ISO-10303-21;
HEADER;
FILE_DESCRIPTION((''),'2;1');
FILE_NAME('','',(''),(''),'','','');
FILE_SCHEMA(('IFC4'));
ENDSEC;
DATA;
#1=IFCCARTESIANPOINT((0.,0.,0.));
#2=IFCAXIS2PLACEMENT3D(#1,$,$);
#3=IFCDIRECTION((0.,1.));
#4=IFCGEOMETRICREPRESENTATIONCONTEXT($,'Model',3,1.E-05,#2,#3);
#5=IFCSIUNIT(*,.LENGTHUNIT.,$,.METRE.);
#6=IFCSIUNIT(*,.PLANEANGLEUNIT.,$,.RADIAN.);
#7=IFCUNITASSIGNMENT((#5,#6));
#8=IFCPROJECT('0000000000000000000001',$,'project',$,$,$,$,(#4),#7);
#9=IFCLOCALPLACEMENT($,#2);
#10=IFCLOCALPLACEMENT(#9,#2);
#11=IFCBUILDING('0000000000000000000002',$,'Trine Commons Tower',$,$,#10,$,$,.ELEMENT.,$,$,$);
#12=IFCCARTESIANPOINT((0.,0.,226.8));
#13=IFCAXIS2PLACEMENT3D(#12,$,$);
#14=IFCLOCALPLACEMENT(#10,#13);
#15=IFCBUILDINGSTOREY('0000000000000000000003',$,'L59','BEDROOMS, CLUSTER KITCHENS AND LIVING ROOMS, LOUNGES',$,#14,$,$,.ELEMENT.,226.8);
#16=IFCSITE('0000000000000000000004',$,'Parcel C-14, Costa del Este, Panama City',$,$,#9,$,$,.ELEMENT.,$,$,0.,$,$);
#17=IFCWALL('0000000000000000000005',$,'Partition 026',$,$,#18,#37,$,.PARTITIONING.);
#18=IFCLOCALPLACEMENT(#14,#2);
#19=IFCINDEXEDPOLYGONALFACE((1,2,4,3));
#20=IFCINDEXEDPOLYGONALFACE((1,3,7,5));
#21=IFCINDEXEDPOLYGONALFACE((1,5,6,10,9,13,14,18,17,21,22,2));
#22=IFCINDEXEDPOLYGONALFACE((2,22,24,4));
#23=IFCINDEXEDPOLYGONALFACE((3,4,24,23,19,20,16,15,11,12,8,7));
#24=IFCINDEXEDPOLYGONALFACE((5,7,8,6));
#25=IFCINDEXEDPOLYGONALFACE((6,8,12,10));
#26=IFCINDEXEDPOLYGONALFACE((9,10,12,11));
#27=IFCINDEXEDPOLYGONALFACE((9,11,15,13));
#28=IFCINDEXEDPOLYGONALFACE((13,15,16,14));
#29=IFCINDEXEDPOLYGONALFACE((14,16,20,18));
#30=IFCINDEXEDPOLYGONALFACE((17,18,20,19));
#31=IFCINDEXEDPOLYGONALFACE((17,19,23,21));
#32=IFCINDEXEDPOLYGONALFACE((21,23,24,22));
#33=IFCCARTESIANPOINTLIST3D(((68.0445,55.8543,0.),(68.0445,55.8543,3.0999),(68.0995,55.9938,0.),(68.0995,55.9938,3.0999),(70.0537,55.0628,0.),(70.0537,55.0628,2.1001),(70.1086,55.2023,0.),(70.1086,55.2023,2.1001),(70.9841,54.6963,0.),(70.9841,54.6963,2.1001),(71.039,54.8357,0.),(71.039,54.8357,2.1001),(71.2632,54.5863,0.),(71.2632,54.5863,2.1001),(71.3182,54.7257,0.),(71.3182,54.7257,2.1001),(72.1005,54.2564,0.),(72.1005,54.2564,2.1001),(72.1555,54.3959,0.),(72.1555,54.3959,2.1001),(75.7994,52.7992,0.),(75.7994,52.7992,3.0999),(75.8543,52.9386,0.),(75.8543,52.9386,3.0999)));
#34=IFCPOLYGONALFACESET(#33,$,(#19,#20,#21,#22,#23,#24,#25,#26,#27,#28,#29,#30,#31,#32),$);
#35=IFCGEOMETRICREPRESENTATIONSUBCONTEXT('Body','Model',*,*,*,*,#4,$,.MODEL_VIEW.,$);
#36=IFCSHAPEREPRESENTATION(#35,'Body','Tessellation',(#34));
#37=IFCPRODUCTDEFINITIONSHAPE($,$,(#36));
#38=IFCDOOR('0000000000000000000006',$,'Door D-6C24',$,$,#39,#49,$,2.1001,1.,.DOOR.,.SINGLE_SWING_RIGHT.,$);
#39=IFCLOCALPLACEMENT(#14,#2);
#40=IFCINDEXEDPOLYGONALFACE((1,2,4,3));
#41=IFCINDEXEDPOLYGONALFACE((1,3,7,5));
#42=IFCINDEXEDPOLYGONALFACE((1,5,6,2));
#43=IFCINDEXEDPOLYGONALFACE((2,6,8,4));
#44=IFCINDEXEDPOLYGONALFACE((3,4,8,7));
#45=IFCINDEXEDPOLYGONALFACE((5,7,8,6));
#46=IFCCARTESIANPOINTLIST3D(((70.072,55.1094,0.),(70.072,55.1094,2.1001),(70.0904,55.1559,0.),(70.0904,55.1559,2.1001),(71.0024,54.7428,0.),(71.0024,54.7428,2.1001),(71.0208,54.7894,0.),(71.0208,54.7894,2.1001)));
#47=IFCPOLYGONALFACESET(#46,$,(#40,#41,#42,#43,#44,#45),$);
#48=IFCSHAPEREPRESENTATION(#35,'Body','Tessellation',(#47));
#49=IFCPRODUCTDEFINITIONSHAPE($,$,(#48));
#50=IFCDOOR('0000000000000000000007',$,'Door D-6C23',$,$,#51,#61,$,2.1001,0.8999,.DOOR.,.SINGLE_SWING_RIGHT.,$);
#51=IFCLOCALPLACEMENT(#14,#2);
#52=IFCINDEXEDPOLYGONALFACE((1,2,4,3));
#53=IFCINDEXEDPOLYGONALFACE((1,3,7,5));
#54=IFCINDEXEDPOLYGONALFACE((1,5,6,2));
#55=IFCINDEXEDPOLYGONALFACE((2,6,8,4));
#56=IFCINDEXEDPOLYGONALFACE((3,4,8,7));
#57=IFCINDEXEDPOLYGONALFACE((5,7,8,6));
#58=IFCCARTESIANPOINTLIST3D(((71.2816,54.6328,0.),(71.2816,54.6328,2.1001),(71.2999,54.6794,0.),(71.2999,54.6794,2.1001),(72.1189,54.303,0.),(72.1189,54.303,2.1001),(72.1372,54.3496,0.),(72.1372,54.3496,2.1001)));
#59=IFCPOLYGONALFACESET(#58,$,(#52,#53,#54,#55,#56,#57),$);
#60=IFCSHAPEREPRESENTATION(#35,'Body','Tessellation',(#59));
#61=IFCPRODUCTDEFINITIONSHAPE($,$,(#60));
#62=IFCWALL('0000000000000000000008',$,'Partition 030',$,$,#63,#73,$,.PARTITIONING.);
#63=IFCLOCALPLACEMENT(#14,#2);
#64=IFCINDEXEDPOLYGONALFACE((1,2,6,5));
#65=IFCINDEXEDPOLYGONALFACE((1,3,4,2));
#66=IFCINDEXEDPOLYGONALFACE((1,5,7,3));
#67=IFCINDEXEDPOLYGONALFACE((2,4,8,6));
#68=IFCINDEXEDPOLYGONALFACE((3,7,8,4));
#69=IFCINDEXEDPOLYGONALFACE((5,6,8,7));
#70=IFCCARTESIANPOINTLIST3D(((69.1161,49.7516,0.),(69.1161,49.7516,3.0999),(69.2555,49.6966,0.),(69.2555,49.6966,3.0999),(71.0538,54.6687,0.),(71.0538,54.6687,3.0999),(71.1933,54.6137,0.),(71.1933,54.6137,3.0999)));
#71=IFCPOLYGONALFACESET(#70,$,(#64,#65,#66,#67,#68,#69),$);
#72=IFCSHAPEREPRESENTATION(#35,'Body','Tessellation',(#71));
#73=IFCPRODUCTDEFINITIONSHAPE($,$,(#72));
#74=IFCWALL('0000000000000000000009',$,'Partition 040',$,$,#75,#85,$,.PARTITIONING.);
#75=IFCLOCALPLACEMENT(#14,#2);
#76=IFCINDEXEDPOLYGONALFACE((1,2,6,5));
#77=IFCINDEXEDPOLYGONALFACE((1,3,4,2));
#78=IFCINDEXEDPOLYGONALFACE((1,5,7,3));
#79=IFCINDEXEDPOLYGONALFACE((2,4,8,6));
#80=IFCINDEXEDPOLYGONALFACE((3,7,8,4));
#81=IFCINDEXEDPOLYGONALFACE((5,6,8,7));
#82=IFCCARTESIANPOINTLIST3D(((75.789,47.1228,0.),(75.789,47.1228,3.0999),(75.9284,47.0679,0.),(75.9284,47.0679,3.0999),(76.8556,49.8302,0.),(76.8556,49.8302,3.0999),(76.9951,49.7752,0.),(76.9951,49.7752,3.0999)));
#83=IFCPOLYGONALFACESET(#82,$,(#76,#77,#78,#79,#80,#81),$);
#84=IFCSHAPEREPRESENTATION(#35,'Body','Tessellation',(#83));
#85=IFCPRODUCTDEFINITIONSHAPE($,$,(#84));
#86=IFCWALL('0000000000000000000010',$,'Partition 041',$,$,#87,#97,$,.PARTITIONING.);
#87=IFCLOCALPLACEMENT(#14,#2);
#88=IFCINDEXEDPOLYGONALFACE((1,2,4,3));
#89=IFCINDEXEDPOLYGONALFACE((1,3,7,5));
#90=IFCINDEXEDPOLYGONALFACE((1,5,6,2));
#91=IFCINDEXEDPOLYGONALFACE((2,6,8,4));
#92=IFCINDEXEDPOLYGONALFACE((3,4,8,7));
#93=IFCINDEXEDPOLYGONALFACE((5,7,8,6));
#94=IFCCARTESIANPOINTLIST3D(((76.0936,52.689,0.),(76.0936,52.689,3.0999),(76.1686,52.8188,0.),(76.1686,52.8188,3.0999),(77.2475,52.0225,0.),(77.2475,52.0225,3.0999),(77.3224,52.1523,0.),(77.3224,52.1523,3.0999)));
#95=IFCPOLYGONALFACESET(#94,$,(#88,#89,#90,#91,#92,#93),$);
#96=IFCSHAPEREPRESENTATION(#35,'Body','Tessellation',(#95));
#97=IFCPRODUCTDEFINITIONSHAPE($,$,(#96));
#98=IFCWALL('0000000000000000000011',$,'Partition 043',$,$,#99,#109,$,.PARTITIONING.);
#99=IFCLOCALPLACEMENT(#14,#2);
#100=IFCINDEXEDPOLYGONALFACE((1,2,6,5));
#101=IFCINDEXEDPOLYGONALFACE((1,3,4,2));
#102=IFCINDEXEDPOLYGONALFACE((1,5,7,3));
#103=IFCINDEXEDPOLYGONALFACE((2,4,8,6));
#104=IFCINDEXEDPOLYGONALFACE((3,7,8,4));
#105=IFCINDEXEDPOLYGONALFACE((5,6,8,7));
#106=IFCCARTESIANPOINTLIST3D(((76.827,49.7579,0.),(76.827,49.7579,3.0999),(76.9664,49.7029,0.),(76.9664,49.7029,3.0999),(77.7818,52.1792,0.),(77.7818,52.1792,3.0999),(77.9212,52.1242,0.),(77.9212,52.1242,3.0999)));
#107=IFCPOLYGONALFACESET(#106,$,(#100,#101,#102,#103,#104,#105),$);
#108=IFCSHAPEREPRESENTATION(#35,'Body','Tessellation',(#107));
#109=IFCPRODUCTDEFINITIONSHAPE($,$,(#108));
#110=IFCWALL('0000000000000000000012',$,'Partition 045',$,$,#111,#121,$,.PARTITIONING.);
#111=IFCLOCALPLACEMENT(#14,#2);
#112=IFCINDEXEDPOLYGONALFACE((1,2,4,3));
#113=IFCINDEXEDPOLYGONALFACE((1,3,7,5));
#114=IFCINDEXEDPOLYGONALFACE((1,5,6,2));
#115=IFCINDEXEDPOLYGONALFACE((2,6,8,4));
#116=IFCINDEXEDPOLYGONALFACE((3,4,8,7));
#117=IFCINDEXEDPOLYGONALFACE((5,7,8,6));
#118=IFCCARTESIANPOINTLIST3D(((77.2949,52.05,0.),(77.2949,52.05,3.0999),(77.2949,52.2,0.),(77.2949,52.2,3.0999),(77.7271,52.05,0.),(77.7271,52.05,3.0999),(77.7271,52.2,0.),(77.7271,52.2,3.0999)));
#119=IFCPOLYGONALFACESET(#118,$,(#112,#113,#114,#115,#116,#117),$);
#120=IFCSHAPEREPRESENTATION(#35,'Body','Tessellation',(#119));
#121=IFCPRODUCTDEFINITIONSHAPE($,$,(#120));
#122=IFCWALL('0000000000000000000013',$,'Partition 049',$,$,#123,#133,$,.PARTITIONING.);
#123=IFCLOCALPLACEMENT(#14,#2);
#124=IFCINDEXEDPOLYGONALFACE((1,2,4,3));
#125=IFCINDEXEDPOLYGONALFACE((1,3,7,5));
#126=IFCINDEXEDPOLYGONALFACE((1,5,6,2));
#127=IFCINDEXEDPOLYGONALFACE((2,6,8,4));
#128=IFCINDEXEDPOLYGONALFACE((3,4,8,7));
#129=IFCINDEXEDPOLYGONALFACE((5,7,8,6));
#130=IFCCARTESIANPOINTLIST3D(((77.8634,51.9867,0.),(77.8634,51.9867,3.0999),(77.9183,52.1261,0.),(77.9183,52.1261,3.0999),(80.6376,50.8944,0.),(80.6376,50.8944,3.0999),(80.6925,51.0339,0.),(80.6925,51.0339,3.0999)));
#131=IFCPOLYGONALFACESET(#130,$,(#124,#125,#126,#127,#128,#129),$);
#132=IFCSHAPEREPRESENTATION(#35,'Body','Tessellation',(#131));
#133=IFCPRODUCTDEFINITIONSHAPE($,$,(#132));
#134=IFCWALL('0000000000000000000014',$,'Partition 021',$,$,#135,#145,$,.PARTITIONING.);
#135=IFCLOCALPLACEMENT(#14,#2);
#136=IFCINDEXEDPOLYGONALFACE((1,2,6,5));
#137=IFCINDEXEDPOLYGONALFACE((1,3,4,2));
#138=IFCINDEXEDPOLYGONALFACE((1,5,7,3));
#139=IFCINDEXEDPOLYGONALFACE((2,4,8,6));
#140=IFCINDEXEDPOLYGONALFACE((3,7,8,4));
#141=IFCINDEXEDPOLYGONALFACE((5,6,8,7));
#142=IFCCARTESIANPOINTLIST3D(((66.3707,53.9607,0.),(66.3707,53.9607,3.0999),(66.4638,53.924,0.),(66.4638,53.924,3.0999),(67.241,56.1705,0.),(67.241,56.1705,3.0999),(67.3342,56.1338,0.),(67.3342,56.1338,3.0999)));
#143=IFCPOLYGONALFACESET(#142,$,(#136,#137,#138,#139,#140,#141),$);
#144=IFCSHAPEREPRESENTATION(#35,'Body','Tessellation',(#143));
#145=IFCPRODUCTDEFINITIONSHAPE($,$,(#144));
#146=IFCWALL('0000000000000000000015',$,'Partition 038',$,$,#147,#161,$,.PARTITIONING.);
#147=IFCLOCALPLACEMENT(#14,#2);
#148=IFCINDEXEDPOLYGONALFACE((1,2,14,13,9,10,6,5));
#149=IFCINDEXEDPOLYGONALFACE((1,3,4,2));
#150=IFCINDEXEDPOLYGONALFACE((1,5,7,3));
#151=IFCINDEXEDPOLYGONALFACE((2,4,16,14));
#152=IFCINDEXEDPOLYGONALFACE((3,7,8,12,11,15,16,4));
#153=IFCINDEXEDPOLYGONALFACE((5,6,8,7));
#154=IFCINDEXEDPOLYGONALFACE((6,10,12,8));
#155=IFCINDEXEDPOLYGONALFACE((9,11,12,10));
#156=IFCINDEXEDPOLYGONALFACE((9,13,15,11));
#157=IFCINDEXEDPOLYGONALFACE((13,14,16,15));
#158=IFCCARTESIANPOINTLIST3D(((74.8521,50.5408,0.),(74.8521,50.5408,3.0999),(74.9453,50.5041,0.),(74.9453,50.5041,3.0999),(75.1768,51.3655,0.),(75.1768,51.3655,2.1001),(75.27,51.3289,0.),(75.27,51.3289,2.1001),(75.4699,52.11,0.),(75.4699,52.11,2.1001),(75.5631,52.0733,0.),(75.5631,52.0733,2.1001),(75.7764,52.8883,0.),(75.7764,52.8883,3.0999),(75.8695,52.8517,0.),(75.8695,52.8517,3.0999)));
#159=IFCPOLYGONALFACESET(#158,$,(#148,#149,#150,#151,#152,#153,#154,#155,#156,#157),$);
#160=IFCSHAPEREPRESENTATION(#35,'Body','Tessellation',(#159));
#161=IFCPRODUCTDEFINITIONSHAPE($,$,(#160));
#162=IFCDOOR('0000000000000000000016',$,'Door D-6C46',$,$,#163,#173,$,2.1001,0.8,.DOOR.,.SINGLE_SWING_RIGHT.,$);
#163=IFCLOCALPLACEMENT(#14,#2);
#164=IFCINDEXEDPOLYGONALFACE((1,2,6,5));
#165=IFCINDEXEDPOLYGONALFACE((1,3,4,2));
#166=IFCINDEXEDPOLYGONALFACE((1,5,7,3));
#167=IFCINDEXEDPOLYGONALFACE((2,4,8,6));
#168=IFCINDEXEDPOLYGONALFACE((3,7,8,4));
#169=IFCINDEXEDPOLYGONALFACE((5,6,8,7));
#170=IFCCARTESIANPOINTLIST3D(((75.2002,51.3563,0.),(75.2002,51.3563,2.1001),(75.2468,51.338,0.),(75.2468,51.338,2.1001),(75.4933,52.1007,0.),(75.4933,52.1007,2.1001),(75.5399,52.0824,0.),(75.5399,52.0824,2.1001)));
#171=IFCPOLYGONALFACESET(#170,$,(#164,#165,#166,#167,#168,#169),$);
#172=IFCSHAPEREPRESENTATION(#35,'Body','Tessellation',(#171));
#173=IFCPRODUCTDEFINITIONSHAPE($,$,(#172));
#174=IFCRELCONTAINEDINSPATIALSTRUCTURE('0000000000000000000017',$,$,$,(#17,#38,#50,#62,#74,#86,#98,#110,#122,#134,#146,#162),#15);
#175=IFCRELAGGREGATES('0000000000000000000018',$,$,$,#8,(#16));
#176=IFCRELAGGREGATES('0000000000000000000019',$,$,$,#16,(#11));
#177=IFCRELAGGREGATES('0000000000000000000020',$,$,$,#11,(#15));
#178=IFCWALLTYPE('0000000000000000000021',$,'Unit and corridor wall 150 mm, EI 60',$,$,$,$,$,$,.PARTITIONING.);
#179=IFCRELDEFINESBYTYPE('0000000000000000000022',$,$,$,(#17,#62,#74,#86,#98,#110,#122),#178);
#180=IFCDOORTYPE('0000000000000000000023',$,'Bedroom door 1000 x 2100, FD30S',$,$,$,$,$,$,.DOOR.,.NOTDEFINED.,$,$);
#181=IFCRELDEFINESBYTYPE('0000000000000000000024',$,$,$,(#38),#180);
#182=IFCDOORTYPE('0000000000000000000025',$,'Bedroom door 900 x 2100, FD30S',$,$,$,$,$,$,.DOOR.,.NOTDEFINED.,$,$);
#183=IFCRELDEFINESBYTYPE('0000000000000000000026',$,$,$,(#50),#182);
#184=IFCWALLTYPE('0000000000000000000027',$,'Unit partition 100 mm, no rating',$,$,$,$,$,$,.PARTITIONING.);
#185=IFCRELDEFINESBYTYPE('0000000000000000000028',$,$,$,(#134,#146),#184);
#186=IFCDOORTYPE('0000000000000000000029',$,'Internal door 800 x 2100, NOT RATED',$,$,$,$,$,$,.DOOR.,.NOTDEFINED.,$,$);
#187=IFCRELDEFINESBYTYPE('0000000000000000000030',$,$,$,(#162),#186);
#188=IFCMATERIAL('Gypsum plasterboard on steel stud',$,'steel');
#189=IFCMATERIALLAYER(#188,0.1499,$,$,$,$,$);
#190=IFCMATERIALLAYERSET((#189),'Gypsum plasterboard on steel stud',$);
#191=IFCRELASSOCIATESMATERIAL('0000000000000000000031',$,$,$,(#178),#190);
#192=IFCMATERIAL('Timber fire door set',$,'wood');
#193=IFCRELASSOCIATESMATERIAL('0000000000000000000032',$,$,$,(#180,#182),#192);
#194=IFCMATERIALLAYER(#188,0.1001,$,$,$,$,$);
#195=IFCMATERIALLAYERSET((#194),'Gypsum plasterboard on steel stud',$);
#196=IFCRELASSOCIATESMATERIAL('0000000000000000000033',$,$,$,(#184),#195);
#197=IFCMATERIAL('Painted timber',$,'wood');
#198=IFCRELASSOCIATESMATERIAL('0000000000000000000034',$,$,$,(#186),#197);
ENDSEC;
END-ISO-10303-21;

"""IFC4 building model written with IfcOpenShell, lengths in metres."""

from ifc_helpers import new_model, si_unit, direction, frame, frame_2d, origin, place, context, subcontext, project, spatial, rectangle, extrude, material, layer, layer_set, type_object, element, fill, save


model = new_model("IFC4")

# Units and contexts
model_context = context("Model", 3, precision=1e-05, world=origin(), true_north=direction((0.0, 1.0)))
body_context = subcontext(model_context, "Body", "Model", "MODEL_VIEW")
ifc_project = project(units=[si_unit("LENGTHUNIT", "METRE"), si_unit("PLANEANGLEUNIT", "RADIAN")], contexts=[model_context])

# Site, building, storey
site_placement = place(None, origin())
site = spatial("IfcSite", under=ifc_project, at=site_placement, Name="Parcel C-14, Costa del Este, Panama City", CompositionType="ELEMENT", RefElevation=0.0)
building_placement = place(site_placement, origin())
building = spatial("IfcBuilding", under=site, at=building_placement, Name="Trine Commons Tower", CompositionType="ELEMENT")
storey_placement = place(building_placement, frame((0.0, 0.0, 226.8)))
storey = spatial("IfcBuildingStorey", under=building, at=storey_placement, Name="L59", Description="BEDROOMS, CLUSTER KITCHENS AND LIVING ROOMS, LOUNGES", CompositionType="ELEMENT", Elevation=226.8)

# Shared definitions
ifc_material_1 = material(Name="Gypsum plasterboard on steel stud", Category="steel")
ifc_layer_1 = layer(ifc_material_1, 0.1499)
ifc_layer_set_1 = layer_set([ifc_layer_1], Name="Gypsum plasterboard on steel stud")
wall_type_1 = type_object("IfcWallType", Name="Unit and corridor wall 150 mm, EI 60", PredefinedType="PARTITIONING", material=ifc_layer_set_1)

# Wall, openings, doors
wall_1_placement = place(storey_placement, frame((68.072, 55.9241, 0.0), z_axis=(0.0, 0.0, 1.0), x_axis=(0.930399, -0.366548, 0.0)))
wall_1 = element("IfcWall", 1, at=wall_1_placement, inside=storey, type_object=wall_type_1, Name="Partition 026", PredefinedType="PARTITIONING", context=body_context, shape_type="SweptSolid", body=[
    extrude(rectangle(XDim=8.335, YDim=0.1499, at=frame_2d((4.1675, 0.0))), origin(), (0.0, 0.0, 1.0), 3.0999),
])
opening_1_placement = place(wall_1_placement, frame((3.4595, 0.0, 0.0)))
opening_1 = element("IfcOpeningElement", 2, at=opening_1_placement, cuts=wall_1, PredefinedType="OPENING", context=body_context, shape_type="SweptSolid", body=[
    extrude(rectangle(XDim=0.8999, YDim=2.1001, at=frame_2d((0.45, 1.05))), frame((0.0, 0.085, 0.0), z_axis=(0.0, -1.0, 0.0), x_axis=(1.0, 0.0, 0.0)), (0.0, 0.0, 1.0), 0.1699),
])
opening_2_placement = place(wall_1_placement, frame((2.1594, 0.0, 0.0)))
opening_2 = element("IfcOpeningElement", 3, at=opening_2_placement, cuts=wall_1, PredefinedType="OPENING", context=body_context, shape_type="SweptSolid", body=[
    extrude(rectangle(XDim=1.0, YDim=2.1001, at=frame_2d((0.5, 1.05))), frame((0.0, 0.085, 0.0), z_axis=(0.0, -1.0, 0.0), x_axis=(1.0, 0.0, 0.0)), (0.0, 0.0, 1.0), 0.1699),
])
ifc_material_2 = material(Name="Timber fire door set", Category="wood")
door_type_1 = type_object("IfcDoorType", Name="Bedroom door 1000 x 2100, FD30S", OperationType="NOTDEFINED", PredefinedType="DOOR", material=ifc_material_2)
door_1_placement = place(opening_2_placement, frame((1.0, 0.0, 0.0), z_axis=(0.0, 0.0, 1.0), x_axis=(-1.0, 0.0, 0.0)))
door_1 = element("IfcDoor", 4, at=door_1_placement, inside=storey, type_object=door_type_1, Name="Door D-6C24", OperationType="SINGLE_SWING_RIGHT", OverallHeight=2.1001, OverallWidth=1.0, PredefinedType="DOOR", context=body_context, shape_type="SweptSolid", body=[
    extrude(rectangle(XDim=1.0, YDim=2.1001, at=frame_2d((0.5, 1.05))), frame((0.0, 0.0249, 0.0), z_axis=(0.0, -1.0, 0.0), x_axis=(1.0, 0.0, 0.0)), (0.0, 0.0, 1.0), 0.05),
])
fill(opening_2, door_1)
door_type_2 = type_object("IfcDoorType", Name="Bedroom door 900 x 2100, FD30S", OperationType="NOTDEFINED", PredefinedType="DOOR", material=ifc_material_2)
door_2_placement = place(opening_1_placement, frame((0.8999, 0.0, 0.0), z_axis=(0.0, 0.0, 1.0), x_axis=(-1.0, 0.0, 0.0)))
door_2 = element("IfcDoor", 5, at=door_2_placement, inside=storey, type_object=door_type_2, Name="Door D-6C23", OperationType="SINGLE_SWING_RIGHT", OverallHeight=2.1001, OverallWidth=0.8999, PredefinedType="DOOR", context=body_context, shape_type="SweptSolid", body=[
    extrude(rectangle(XDim=0.8999, YDim=2.1001, at=frame_2d((0.45, 1.05))), frame((0.0, 0.0249, 0.0), z_axis=(0.0, -1.0, 0.0), x_axis=(1.0, 0.0, 0.0)), (0.0, 0.0, 1.0), 0.05),
])
fill(opening_1, door_2)

# Walls
wall_2_placement = place(storey_placement, frame((69.1858, 49.7241, 0.0), z_axis=(0.0, 0.0, 1.0), x_axis=(0.366647, 0.93036, 0.0)))
element("IfcWall", 6, at=wall_2_placement, inside=storey, type_object=wall_type_1, Name="Partition 030", PredefinedType="PARTITIONING", context=body_context, shape_type="SweptSolid", body=[
    extrude(rectangle(XDim=5.2852, YDim=0.1499, at=frame_2d((2.6426, 0.0))), origin(), (0.0, 0.0, 1.0), 3.0999),
])
wall_3_placement = place(storey_placement, frame((75.8586, 47.0952, 0.0), z_axis=(0.0, 0.0, 1.0), x_axis=(0.366569, 0.930391, 0.0)))
element("IfcWall", 7, at=wall_3_placement, inside=storey, type_object=wall_type_1, Name="Partition 040", PredefinedType="PARTITIONING", context=body_context, shape_type="SweptSolid", body=[
    extrude(rectangle(XDim=2.9099, YDim=0.1499, at=frame_2d((1.4551, 0.0))), origin(), (0.0, 0.0, 1.0), 3.0999),
])
wall_4_placement = place(storey_placement, frame((76.1311, 52.7539, 0.0), z_axis=(0.0, 0.0, 1.0), x_axis=(0.865911, -0.500198, 0.0)))
element("IfcWall", 8, at=wall_4_placement, inside=storey, type_object=wall_type_1, Name="Partition 041", PredefinedType="PARTITIONING", context=body_context, shape_type="SweptSolid", body=[
    extrude(rectangle(XDim=1.3325, YDim=0.1499, at=frame_2d((0.6663, 0.0))), origin(), (0.0, 0.0, 1.0), 3.0999),
])
wall_5_placement = place(storey_placement, frame((76.8967, 49.7305, 0.0), z_axis=(0.0, 0.0, 1.0), x_axis=(0.366842, 0.930283, 0.0)))
element("IfcWall", 9, at=wall_5_placement, inside=storey, type_object=wall_type_1, Name="Partition 043", PredefinedType="PARTITIONING", context=body_context, shape_type="SweptSolid", body=[
    extrude(rectangle(XDim=2.6028, YDim=0.1499, at=frame_2d((1.3013, 0.0))), origin(), (0.0, 0.0, 1.0), 3.0999),
])
wall_6_placement = place(storey_placement, frame((77.2949, 52.125, 0.0), z_axis=(0.0, 0.0, 1.0), x_axis=(1.0, 0.0, 0.0)))
element("IfcWall", 10, at=wall_6_placement, inside=storey, type_object=wall_type_1, Name="Partition 045", PredefinedType="PARTITIONING", context=body_context, shape_type="SweptSolid", body=[
    extrude(rectangle(XDim=0.4321, YDim=0.1499, at=frame_2d((0.2161, 0.0))), origin(), (0.0, 0.0, 1.0), 3.0999),
])
wall_7_placement = place(storey_placement, frame((77.8909, 52.0564, 0.0), z_axis=(0.0, 0.0, 1.0), x_axis=(0.930474, -0.366359, 0.0)))
element("IfcWall", 11, at=wall_7_placement, inside=storey, type_object=wall_type_1, Name="Partition 049", PredefinedType="PARTITIONING", context=body_context, shape_type="SweptSolid", body=[
    extrude(rectangle(XDim=2.9814, YDim=0.1499, at=frame_2d((1.4907, 0.0))), origin(), (0.0, 0.0, 1.0), 3.0999),
])
ifc_layer_2 = layer(ifc_material_1, 0.1001)
ifc_layer_set_2 = layer_set([ifc_layer_2], Name="Gypsum plasterboard on steel stud")
wall_type_2 = type_object("IfcWallType", Name="Unit partition 100 mm, no rating", PredefinedType="PARTITIONING", material=ifc_layer_set_2)
wall_8_placement = place(storey_placement, frame((66.4172, 53.9424, 0.0), z_axis=(0.0, 0.0, 1.0), x_axis=(0.366476, 0.930428, 0.0)))
element("IfcWall", 12, at=wall_8_placement, inside=storey, type_object=wall_type_2, Name="Partition 021", PredefinedType="PARTITIONING", context=body_context, shape_type="SweptSolid", body=[
    extrude(rectangle(XDim=2.375, YDim=0.1001, at=frame_2d((1.1875, 0.0))), origin(), (0.0, 0.0, 1.0), 3.0999),
])

# Wall, opening, door
wall_9_placement = place(storey_placement, frame((74.8987, 50.5225, 0.0), z_axis=(0.0, 0.0, 1.0), x_axis=(0.366347, 0.930478, 0.0)))
wall_9 = element("IfcWall", 13, at=wall_9_placement, inside=storey, type_object=wall_type_2, Name="Partition 038", PredefinedType="PARTITIONING", context=body_context, shape_type="SweptSolid", body=[
    extrude(rectangle(XDim=2.5229, YDim=0.1001, at=frame_2d((1.2615, 0.0))), origin(), (0.0, 0.0, 1.0), 3.0999),
])
opening_3_placement = place(wall_9_placement, frame((0.8865, 0.0, 0.0)))
opening_3 = element("IfcOpeningElement", 14, at=opening_3_placement, cuts=wall_9, PredefinedType="OPENING", context=body_context, shape_type="SweptSolid", body=[
    extrude(rectangle(XDim=0.8, YDim=2.1001, at=frame_2d((0.3999, 1.05))), frame((0.0, 0.0601, 0.0), z_axis=(0.0, -1.0, 0.0), x_axis=(1.0, 0.0, 0.0)), (0.0, 0.0, 1.0), 0.1201),
])
ifc_material_3 = material(Name="Painted timber", Category="wood")
door_type_3 = type_object("IfcDoorType", Name="Internal door 800 x 2100, NOT RATED", OperationType="NOTDEFINED", PredefinedType="DOOR", material=ifc_material_3)
door_3_placement = place(opening_3_placement, origin())
door_3 = element("IfcDoor", 15, at=door_3_placement, inside=storey, type_object=door_type_3, Name="Door D-6C46", OperationType="SINGLE_SWING_RIGHT", OverallHeight=2.1001, OverallWidth=0.8, PredefinedType="DOOR", context=body_context, shape_type="SweptSolid", body=[
    extrude(rectangle(XDim=0.8, YDim=2.1001, at=frame_2d((0.3999, 1.05))), frame((0.0, 0.0249, 0.0), z_axis=(0.0, -1.0, 0.0), x_axis=(1.0, 0.0, 0.0)), (0.0, 0.0, 1.0), 0.05),
])
fill(opening_3, door_3)

save(model, "model.ifc")
